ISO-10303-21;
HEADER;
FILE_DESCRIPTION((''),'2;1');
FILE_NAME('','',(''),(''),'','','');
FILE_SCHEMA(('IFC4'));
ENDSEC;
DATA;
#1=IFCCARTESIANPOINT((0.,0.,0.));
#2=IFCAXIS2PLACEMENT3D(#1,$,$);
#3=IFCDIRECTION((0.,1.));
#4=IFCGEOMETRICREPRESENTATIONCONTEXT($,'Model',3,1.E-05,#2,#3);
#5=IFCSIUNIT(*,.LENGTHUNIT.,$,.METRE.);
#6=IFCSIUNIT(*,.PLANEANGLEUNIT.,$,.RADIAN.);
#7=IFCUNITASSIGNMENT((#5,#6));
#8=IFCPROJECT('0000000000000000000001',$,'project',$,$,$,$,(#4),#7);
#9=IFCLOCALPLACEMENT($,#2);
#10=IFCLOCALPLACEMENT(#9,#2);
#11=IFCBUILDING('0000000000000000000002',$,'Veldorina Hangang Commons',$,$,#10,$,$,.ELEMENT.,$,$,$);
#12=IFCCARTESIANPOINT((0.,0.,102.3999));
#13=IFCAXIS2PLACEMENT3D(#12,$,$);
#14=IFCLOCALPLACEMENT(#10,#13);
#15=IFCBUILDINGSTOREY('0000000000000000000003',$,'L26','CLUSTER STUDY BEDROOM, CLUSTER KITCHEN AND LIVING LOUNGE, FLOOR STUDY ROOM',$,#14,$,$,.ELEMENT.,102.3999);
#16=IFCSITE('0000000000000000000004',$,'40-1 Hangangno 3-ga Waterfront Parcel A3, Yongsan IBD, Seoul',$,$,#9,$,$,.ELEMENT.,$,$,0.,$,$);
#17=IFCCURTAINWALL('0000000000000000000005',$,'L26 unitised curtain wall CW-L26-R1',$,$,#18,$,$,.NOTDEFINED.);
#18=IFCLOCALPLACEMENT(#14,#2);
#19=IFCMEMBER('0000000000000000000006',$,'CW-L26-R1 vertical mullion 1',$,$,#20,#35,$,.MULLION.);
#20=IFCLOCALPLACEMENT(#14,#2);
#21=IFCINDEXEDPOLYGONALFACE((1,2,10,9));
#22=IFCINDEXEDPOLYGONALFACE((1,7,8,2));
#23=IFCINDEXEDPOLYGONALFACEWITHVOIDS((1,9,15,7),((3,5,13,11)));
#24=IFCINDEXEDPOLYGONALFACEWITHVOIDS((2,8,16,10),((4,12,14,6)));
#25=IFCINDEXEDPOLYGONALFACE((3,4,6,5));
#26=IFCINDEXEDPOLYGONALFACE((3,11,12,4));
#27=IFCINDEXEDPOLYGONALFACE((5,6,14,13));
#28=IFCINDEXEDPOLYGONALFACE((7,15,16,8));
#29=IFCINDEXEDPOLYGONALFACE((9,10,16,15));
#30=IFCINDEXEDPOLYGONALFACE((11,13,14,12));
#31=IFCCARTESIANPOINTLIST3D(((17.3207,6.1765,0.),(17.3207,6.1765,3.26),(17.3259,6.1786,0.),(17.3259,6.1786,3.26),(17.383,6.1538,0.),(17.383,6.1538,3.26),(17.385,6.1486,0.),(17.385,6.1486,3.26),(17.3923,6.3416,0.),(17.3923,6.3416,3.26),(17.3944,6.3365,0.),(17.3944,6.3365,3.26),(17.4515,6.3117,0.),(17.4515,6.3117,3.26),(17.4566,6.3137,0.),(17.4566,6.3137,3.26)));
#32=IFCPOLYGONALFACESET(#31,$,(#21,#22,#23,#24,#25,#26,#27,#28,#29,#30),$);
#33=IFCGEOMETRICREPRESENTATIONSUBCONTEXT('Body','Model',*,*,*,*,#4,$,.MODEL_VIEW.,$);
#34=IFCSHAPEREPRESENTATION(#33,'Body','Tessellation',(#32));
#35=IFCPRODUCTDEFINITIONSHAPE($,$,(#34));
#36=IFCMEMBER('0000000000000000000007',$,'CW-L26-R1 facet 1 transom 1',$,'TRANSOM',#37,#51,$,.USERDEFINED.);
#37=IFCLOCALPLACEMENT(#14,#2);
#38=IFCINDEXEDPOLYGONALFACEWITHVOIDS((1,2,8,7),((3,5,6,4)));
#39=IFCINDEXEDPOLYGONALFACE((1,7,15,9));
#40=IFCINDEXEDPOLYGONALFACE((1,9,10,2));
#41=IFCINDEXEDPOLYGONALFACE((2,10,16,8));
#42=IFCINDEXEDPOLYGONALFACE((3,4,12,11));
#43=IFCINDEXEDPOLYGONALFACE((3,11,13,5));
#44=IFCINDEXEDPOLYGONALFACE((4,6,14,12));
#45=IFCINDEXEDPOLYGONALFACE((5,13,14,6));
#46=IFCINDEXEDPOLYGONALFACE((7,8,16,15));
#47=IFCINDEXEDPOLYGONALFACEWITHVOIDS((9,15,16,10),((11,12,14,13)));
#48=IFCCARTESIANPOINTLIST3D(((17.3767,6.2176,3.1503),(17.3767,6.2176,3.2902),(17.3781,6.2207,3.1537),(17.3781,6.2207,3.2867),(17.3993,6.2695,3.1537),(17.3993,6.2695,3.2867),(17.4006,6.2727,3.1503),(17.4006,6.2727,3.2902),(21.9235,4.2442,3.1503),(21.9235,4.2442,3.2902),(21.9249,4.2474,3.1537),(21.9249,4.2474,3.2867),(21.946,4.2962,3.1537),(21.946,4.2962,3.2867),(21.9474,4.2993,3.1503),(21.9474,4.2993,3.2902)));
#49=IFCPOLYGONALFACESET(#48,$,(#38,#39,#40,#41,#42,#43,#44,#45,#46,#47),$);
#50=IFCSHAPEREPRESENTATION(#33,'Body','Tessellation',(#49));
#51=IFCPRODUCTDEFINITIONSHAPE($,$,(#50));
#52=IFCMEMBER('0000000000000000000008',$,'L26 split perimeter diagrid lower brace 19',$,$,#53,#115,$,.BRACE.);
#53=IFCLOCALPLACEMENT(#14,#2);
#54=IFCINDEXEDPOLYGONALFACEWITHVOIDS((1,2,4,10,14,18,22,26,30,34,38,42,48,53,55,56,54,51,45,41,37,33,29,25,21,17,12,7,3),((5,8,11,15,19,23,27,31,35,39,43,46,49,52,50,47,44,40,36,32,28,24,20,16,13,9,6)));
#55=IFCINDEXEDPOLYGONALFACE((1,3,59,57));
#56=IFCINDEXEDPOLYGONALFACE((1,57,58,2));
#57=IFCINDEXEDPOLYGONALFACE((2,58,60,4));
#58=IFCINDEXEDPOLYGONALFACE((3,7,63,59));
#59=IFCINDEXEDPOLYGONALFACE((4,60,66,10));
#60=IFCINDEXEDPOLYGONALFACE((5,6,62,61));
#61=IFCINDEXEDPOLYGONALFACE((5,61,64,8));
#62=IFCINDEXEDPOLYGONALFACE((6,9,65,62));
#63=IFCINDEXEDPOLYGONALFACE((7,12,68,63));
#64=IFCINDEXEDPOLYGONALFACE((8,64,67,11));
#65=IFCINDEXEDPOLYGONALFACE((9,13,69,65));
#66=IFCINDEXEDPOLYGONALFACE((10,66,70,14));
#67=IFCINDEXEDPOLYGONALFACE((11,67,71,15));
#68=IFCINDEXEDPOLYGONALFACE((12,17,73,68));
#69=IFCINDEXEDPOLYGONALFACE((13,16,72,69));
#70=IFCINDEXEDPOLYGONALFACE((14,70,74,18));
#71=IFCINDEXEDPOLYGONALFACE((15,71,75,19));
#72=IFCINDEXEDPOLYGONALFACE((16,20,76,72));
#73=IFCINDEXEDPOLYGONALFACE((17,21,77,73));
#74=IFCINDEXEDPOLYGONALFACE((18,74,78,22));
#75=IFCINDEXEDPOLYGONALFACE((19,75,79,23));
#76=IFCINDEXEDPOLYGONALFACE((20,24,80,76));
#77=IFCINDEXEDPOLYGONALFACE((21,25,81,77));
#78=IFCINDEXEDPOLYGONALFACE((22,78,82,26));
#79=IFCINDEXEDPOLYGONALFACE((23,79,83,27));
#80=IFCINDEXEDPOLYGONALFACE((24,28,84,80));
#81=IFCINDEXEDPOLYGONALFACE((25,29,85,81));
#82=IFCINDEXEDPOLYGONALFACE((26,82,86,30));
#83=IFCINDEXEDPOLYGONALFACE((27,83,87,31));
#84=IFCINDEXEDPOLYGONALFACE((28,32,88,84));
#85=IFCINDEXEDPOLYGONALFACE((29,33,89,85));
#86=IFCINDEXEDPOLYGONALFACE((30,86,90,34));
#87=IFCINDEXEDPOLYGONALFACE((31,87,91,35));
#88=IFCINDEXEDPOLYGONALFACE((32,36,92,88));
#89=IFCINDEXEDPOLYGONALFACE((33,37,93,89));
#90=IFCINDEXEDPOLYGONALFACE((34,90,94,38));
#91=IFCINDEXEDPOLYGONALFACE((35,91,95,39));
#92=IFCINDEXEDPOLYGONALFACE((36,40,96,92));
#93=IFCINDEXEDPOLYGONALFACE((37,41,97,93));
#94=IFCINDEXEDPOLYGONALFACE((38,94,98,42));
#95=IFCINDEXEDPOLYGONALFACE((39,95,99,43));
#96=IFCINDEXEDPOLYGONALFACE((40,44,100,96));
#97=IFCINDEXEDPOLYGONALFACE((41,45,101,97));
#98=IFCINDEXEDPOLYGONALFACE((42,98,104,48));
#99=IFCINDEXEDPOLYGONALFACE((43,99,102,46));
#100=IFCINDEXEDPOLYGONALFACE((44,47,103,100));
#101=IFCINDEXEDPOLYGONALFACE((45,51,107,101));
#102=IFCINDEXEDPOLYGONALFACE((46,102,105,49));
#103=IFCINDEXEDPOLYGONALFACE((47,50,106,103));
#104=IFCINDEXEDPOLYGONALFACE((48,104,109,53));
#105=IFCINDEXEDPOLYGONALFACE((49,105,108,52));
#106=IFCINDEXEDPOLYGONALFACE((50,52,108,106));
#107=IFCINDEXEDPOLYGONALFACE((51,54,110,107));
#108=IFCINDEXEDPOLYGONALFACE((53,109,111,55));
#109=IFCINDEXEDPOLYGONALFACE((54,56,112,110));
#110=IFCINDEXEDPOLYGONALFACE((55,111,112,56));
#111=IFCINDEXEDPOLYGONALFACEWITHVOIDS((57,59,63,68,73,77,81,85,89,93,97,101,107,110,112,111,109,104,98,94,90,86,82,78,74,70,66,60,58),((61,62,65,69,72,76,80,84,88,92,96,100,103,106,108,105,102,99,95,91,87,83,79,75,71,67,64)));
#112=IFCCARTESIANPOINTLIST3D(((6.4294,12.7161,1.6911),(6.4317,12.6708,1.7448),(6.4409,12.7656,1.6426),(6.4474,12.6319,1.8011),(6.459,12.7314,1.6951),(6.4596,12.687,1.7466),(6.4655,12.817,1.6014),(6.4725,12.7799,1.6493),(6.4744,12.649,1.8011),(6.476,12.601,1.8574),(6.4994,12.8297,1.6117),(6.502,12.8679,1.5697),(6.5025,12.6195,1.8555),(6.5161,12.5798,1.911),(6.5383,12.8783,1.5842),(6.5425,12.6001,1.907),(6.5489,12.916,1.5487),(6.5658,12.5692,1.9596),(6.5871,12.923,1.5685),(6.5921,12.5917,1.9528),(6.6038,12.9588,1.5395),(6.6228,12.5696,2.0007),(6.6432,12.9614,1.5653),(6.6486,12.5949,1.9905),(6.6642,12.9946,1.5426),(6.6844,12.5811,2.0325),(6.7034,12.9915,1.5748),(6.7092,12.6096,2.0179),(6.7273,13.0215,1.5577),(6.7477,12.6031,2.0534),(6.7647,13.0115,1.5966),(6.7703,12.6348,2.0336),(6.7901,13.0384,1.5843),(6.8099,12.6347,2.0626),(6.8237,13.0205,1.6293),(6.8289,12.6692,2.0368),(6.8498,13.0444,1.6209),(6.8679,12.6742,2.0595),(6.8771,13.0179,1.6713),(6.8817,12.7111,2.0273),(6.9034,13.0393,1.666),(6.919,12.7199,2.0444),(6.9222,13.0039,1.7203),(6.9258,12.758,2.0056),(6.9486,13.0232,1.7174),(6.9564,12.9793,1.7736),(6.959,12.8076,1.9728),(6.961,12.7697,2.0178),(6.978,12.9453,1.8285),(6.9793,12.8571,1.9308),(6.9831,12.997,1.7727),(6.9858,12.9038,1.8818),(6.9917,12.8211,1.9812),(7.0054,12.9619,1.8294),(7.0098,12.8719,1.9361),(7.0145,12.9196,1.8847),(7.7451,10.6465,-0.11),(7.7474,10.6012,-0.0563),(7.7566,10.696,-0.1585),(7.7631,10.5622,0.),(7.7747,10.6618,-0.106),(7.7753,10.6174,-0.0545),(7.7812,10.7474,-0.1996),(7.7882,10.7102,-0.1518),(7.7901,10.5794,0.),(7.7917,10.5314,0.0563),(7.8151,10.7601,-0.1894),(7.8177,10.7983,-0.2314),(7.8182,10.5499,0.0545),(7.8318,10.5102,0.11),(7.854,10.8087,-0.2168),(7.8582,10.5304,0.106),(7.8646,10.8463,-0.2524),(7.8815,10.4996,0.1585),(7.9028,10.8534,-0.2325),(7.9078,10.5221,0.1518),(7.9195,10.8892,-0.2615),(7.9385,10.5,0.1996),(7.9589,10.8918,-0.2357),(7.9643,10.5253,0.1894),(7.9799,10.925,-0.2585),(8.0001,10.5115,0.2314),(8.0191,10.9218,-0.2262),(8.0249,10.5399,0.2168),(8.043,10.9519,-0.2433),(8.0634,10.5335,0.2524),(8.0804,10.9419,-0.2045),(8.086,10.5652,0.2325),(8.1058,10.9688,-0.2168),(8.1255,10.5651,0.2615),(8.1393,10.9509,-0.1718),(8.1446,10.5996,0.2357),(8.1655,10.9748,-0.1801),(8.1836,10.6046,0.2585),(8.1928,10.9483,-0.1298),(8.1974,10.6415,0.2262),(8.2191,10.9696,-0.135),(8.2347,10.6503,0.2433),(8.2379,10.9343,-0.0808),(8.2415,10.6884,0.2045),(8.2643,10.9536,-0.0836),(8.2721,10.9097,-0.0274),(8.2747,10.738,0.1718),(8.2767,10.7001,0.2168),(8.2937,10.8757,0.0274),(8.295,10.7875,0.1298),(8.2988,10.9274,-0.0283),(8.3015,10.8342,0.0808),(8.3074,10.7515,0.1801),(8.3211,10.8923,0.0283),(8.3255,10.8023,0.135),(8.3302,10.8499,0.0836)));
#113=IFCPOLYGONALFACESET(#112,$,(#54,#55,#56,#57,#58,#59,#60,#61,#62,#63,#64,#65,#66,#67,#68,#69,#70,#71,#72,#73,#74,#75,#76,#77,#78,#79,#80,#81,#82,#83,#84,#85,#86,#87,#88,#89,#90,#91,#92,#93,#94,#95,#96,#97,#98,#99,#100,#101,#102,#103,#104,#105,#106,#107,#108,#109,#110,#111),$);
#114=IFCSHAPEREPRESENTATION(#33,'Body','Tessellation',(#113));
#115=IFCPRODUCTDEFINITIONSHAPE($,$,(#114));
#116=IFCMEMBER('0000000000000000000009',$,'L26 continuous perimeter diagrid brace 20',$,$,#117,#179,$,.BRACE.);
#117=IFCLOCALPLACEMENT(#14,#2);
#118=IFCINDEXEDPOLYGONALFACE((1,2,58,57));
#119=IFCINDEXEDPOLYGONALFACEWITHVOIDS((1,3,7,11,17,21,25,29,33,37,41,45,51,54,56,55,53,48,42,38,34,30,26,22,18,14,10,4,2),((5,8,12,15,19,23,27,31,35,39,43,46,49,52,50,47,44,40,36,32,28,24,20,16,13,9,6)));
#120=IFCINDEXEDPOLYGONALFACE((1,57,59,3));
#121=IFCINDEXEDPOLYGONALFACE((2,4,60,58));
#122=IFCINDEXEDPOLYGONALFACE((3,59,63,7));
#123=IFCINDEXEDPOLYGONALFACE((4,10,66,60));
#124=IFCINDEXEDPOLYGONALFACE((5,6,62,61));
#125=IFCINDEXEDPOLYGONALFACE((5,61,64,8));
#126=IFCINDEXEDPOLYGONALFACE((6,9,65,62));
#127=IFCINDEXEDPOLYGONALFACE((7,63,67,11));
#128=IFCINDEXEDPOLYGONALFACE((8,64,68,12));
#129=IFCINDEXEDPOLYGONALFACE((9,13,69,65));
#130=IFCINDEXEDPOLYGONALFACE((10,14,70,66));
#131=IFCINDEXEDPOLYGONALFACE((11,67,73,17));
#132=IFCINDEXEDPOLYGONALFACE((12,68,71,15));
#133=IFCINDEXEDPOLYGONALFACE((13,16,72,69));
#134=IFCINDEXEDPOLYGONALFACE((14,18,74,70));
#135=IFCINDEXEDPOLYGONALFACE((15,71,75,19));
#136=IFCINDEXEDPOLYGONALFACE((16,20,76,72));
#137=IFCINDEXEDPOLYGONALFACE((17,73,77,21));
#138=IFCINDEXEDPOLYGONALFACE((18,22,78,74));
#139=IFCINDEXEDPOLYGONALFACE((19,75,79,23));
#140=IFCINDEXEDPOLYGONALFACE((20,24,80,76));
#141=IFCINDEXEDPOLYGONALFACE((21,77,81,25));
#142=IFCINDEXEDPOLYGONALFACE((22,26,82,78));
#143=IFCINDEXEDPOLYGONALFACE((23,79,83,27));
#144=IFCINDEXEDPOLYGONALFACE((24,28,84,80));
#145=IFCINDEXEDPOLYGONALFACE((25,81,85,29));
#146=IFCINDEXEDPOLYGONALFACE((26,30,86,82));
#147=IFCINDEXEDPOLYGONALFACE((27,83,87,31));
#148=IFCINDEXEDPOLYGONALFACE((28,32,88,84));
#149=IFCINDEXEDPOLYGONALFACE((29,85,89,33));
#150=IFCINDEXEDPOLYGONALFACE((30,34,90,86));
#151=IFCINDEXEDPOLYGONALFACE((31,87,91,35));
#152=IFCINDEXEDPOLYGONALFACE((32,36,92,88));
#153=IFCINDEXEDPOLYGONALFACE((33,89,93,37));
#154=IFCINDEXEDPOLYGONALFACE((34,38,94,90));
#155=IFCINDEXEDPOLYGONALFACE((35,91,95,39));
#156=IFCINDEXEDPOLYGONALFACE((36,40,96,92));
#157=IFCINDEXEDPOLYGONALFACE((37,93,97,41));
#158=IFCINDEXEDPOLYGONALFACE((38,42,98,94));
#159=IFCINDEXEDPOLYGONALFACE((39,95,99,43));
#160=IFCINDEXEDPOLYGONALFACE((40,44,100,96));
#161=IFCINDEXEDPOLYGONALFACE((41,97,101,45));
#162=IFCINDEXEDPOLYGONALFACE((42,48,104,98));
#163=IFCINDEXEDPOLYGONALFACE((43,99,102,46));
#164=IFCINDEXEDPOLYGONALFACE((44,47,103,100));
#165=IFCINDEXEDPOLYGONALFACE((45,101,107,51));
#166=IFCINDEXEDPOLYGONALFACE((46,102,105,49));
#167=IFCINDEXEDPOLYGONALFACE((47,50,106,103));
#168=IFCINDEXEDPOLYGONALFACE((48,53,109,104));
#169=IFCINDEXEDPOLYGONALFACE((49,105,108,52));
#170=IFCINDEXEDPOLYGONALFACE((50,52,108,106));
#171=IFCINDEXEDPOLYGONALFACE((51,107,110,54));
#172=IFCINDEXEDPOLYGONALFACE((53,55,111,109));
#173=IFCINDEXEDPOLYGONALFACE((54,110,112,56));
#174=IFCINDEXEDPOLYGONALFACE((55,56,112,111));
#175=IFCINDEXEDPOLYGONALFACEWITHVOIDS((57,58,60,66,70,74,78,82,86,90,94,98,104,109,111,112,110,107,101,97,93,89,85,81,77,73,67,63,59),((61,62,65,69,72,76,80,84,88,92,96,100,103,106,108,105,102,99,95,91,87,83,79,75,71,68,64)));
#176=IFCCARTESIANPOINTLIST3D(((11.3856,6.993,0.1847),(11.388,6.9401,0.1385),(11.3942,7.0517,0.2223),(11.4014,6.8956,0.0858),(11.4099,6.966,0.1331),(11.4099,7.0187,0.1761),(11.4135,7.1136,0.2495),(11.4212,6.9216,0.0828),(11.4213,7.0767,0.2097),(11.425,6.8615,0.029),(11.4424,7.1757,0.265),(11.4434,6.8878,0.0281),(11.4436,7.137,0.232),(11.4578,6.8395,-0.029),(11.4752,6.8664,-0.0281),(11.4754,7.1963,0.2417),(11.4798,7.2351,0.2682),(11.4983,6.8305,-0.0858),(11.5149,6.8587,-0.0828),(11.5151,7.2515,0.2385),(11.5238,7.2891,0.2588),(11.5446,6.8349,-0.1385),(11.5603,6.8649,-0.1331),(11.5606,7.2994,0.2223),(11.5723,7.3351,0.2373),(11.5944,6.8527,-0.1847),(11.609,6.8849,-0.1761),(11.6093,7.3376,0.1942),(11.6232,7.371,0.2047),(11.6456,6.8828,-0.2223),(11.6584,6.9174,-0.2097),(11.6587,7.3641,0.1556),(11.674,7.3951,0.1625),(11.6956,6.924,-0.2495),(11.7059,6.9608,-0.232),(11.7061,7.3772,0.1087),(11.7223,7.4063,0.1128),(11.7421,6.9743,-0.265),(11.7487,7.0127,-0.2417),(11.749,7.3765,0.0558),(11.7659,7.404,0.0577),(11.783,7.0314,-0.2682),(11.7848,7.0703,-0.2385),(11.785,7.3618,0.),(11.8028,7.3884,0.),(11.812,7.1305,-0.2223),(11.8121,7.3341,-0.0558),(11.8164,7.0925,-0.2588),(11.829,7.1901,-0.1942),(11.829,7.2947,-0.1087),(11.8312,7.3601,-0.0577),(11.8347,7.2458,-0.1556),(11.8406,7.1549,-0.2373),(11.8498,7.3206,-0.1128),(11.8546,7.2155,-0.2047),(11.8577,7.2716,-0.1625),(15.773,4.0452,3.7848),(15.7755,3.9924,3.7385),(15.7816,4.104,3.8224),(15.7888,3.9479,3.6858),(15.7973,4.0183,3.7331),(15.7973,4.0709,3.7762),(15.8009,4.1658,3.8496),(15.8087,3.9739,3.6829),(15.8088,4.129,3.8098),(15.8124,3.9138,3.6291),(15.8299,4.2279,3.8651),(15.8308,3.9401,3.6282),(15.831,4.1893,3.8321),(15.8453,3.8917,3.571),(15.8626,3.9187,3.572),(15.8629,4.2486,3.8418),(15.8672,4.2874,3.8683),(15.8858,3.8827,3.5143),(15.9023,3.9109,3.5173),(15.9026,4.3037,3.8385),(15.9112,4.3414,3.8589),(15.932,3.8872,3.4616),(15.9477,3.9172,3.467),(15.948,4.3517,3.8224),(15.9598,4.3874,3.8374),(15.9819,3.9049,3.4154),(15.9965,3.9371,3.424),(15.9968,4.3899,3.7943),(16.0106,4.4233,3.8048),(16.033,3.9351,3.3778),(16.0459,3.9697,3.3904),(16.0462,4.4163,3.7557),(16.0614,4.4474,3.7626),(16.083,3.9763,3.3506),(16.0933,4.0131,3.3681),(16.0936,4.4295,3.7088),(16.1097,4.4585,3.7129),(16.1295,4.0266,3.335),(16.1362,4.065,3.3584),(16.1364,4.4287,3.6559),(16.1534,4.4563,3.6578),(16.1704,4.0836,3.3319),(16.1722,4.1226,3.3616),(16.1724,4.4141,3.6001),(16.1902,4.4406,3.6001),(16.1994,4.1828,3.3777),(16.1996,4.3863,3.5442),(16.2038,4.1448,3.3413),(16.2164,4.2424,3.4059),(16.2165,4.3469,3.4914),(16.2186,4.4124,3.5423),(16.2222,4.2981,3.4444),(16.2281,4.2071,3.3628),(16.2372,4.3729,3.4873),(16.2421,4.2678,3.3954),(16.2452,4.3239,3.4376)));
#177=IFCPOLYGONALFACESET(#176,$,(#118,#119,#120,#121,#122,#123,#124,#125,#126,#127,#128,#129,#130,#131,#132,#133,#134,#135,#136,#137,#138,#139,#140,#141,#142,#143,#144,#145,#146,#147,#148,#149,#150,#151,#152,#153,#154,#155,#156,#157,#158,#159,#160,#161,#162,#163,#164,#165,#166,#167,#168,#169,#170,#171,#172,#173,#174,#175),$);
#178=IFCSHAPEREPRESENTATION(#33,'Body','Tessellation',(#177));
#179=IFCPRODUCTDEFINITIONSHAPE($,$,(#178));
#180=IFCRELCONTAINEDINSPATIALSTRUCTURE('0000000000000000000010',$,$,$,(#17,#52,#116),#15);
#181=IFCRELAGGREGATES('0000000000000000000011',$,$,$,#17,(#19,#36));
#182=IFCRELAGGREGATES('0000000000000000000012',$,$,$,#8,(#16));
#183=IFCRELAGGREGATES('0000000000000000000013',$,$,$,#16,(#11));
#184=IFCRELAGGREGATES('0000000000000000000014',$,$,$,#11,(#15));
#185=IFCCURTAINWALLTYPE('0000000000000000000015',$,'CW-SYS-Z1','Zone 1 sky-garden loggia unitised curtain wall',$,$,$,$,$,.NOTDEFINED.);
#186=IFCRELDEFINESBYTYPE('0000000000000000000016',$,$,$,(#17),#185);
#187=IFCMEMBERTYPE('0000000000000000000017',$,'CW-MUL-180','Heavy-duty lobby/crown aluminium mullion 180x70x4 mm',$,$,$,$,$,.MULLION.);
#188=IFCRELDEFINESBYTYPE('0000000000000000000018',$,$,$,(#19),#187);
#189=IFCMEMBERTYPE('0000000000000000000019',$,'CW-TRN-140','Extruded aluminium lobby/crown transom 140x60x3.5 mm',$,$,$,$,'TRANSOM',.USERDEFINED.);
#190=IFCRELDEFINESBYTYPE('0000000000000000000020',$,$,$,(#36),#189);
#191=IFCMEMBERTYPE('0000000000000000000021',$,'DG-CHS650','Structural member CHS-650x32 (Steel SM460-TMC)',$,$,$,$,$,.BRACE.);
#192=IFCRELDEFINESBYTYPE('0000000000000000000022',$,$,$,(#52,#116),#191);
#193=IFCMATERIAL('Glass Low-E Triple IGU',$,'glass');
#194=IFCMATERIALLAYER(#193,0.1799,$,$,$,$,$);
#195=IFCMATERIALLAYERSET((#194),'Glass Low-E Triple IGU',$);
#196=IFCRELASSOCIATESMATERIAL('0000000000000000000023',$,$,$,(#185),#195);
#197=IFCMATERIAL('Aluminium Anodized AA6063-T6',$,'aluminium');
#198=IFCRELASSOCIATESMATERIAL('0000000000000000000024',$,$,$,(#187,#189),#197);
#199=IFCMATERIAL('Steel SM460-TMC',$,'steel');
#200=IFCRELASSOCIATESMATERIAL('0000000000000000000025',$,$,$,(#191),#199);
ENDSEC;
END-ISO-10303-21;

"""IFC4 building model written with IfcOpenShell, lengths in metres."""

from ifc_helpers import new_model, si_unit, direction, frame, origin, origin_2d, place, context, subcontext, project, spatial, hollow_rectangle, hollow_circle, extrude, material, layer, layer_set, material_profile, profile_set, type_object, element, aggregate, save


model = new_model("IFC4")

# Units and contexts
model_context = context("Model", 3, precision=1e-05, world=origin(), true_north=direction((0.0, 1.0)))
body_context = subcontext(model_context, "Body", "Model", "MODEL_VIEW")
ifc_project = project(units=[si_unit("LENGTHUNIT", "METRE"), si_unit("PLANEANGLEUNIT", "RADIAN")], contexts=[model_context])

# Site, building, storey
site_placement = place(None, origin())
site = spatial("IfcSite", under=ifc_project, at=site_placement, Name="40-1 Hangangno 3-ga Waterfront Parcel A3, Yongsan IBD, Seoul", CompositionType="ELEMENT", RefElevation=0.0)
building_placement = place(site_placement, origin())
building = spatial("IfcBuilding", under=site, at=building_placement, Name="Veldorina Hangang Commons", CompositionType="ELEMENT")
storey_placement = place(building_placement, frame((0.0, 0.0, 102.3999)))
storey = spatial("IfcBuildingStorey", under=building, at=storey_placement, Name="L26", Description="CLUSTER STUDY BEDROOM, CLUSTER KITCHEN AND LIVING LOUNGE, FLOOR STUDY ROOM", CompositionType="ELEMENT", Elevation=102.3999)

# Curtain wall, members
ifc_material_1 = material(Name="Glass Low-E Triple IGU", Category="glass")
ifc_layer_1 = layer(ifc_material_1, 0.1799)
ifc_layer_set_1 = layer_set([ifc_layer_1], Name="Glass Low-E Triple IGU")
curtain_wall_type = type_object("IfcCurtainWallType", Name="CW-SYS-Z1", Description="Zone 1 sky-garden loggia unitised curtain wall", PredefinedType="NOTDEFINED", material=ifc_layer_set_1)
curtain_wall_placement = place(storey_placement, origin())
curtain_wall = element("IfcCurtainWall", 1, at=curtain_wall_placement, inside=storey, type_object=curtain_wall_type, Name="L26 unitised curtain wall CW-L26-R1", PredefinedType="NOTDEFINED")
ifc_material_2 = material(Name="Aluminium Anodized AA6063-T6", Category="aluminium")
ifc_material_profile_1 = material_profile(ifc_material_2, hollow_rectangle(XDim=0.0701, YDim=0.1799, WallThickness=0.0039, at=origin_2d()), Name="ALU-RHS-180x70x4")
ifc_profile_set_1 = profile_set([ifc_material_profile_1], Name="Aluminium Anodized AA6063-T6")
member_type_1 = type_object("IfcMemberType", Name="CW-MUL-180", Description="Heavy-duty lobby/crown aluminium mullion 180x70x4 mm", PredefinedType="MULLION", material=ifc_profile_set_1)
member_1_placement = place(storey_placement, frame((17.3887, 6.2451, 0.0), z_axis=(0.0, 0.0, 1.0), x_axis=(0.917345, -0.398093, 0.0)))
member_1 = element("IfcMember", 2, at=member_1_placement, type_object=member_type_1, Name="CW-L26-R1 vertical mullion 1", PredefinedType="MULLION", context=body_context, shape_type="SweptSolid", body=[
    extrude(hollow_rectangle(XDim=0.0701, YDim=0.1799, WallThickness=0.0039, at=origin_2d()), origin(), (0.0, 0.0, 1.0), 3.26),
])
ifc_material_profile_2 = material_profile(ifc_material_2, hollow_rectangle(XDim=0.0601, YDim=0.1399, WallThickness=0.0034, at=origin_2d()), Name="ALU-RHS-140x60x3.5")
ifc_profile_set_2 = profile_set([ifc_material_profile_2], Name="Aluminium Anodized AA6063-T6")
member_type_2 = type_object("IfcMemberType", Name="CW-TRN-140", Description="Extruded aluminium lobby/crown transom 140x60x3.5 mm", ElementType="TRANSOM", PredefinedType="USERDEFINED", material=ifc_profile_set_2)
member_2_placement = place(storey_placement, frame((17.3887, 6.2451, 3.2202), z_axis=(0.917329, -0.39813, 0.0), x_axis=(0.39813, 0.917329, 0.0)))
member_2 = element("IfcMember", 3, at=member_2_placement, type_object=member_type_2, Name="CW-L26-R1 facet 1 transom 1", ObjectType="TRANSOM", PredefinedType="USERDEFINED", context=body_context, shape_type="SweptSolid", body=[
    extrude(hollow_rectangle(XDim=0.0601, YDim=0.1399, WallThickness=0.0034, at=origin_2d()), origin(), (0.0, 0.0, 1.0), 4.9565),
])

# Members
ifc_material_3 = material(Name="Steel SM460-TMC", Category="steel")
ifc_material_profile_3 = material_profile(ifc_material_3, hollow_circle(Radius=0.325, WallThickness=0.032, at=origin_2d()), Name="CHS-650x32")
ifc_profile_set_3 = profile_set([ifc_material_profile_3], Name="Steel SM460-TMC")
member_type_3 = type_object("IfcMemberType", Name="DG-CHS650", Description="Structural member CHS-650x32 (Steel SM460-TMC)", PredefinedType="BRACE", material=ifc_profile_set_3)
member_3_placement = place(storey_placement, frame((8.0374, 10.7366, 0.0), z_axis=(-0.432407, 0.680185, 0.591922), x_axis=(-0.843907, -0.536489, 0.0)))
element("IfcMember", 4, at=member_3_placement, inside=storey, type_object=member_type_3, Name="L26 split perimeter diagrid lower brace 19", PredefinedType="BRACE", context=body_context, shape_type="SweptSolid", body=[
    extrude(hollow_circle(Radius=0.325, WallThickness=0.032, at=origin_2d()), origin(), (0.0, 0.0, 1.0), 3.0427),
])
member_4_placement = place(storey_placement, frame((11.6216, 7.1187, 0.0), z_axis=(0.686045, -0.460926, 0.56293), x_axis=(0.557681, 0.830055, 0.0)))
element("IfcMember", 5, at=member_4_placement, inside=storey, type_object=member_type_3, Name="L26 continuous perimeter diagrid brace 20", PredefinedType="BRACE", context=body_context, shape_type="SweptSolid", body=[
    extrude(hollow_circle(Radius=0.325, WallThickness=0.032, at=origin_2d()), origin(), (0.0, 0.0, 1.0), 6.3953),
])

aggregate(curtain_wall, [member_1, member_2])

save(model, "model.ifc")
